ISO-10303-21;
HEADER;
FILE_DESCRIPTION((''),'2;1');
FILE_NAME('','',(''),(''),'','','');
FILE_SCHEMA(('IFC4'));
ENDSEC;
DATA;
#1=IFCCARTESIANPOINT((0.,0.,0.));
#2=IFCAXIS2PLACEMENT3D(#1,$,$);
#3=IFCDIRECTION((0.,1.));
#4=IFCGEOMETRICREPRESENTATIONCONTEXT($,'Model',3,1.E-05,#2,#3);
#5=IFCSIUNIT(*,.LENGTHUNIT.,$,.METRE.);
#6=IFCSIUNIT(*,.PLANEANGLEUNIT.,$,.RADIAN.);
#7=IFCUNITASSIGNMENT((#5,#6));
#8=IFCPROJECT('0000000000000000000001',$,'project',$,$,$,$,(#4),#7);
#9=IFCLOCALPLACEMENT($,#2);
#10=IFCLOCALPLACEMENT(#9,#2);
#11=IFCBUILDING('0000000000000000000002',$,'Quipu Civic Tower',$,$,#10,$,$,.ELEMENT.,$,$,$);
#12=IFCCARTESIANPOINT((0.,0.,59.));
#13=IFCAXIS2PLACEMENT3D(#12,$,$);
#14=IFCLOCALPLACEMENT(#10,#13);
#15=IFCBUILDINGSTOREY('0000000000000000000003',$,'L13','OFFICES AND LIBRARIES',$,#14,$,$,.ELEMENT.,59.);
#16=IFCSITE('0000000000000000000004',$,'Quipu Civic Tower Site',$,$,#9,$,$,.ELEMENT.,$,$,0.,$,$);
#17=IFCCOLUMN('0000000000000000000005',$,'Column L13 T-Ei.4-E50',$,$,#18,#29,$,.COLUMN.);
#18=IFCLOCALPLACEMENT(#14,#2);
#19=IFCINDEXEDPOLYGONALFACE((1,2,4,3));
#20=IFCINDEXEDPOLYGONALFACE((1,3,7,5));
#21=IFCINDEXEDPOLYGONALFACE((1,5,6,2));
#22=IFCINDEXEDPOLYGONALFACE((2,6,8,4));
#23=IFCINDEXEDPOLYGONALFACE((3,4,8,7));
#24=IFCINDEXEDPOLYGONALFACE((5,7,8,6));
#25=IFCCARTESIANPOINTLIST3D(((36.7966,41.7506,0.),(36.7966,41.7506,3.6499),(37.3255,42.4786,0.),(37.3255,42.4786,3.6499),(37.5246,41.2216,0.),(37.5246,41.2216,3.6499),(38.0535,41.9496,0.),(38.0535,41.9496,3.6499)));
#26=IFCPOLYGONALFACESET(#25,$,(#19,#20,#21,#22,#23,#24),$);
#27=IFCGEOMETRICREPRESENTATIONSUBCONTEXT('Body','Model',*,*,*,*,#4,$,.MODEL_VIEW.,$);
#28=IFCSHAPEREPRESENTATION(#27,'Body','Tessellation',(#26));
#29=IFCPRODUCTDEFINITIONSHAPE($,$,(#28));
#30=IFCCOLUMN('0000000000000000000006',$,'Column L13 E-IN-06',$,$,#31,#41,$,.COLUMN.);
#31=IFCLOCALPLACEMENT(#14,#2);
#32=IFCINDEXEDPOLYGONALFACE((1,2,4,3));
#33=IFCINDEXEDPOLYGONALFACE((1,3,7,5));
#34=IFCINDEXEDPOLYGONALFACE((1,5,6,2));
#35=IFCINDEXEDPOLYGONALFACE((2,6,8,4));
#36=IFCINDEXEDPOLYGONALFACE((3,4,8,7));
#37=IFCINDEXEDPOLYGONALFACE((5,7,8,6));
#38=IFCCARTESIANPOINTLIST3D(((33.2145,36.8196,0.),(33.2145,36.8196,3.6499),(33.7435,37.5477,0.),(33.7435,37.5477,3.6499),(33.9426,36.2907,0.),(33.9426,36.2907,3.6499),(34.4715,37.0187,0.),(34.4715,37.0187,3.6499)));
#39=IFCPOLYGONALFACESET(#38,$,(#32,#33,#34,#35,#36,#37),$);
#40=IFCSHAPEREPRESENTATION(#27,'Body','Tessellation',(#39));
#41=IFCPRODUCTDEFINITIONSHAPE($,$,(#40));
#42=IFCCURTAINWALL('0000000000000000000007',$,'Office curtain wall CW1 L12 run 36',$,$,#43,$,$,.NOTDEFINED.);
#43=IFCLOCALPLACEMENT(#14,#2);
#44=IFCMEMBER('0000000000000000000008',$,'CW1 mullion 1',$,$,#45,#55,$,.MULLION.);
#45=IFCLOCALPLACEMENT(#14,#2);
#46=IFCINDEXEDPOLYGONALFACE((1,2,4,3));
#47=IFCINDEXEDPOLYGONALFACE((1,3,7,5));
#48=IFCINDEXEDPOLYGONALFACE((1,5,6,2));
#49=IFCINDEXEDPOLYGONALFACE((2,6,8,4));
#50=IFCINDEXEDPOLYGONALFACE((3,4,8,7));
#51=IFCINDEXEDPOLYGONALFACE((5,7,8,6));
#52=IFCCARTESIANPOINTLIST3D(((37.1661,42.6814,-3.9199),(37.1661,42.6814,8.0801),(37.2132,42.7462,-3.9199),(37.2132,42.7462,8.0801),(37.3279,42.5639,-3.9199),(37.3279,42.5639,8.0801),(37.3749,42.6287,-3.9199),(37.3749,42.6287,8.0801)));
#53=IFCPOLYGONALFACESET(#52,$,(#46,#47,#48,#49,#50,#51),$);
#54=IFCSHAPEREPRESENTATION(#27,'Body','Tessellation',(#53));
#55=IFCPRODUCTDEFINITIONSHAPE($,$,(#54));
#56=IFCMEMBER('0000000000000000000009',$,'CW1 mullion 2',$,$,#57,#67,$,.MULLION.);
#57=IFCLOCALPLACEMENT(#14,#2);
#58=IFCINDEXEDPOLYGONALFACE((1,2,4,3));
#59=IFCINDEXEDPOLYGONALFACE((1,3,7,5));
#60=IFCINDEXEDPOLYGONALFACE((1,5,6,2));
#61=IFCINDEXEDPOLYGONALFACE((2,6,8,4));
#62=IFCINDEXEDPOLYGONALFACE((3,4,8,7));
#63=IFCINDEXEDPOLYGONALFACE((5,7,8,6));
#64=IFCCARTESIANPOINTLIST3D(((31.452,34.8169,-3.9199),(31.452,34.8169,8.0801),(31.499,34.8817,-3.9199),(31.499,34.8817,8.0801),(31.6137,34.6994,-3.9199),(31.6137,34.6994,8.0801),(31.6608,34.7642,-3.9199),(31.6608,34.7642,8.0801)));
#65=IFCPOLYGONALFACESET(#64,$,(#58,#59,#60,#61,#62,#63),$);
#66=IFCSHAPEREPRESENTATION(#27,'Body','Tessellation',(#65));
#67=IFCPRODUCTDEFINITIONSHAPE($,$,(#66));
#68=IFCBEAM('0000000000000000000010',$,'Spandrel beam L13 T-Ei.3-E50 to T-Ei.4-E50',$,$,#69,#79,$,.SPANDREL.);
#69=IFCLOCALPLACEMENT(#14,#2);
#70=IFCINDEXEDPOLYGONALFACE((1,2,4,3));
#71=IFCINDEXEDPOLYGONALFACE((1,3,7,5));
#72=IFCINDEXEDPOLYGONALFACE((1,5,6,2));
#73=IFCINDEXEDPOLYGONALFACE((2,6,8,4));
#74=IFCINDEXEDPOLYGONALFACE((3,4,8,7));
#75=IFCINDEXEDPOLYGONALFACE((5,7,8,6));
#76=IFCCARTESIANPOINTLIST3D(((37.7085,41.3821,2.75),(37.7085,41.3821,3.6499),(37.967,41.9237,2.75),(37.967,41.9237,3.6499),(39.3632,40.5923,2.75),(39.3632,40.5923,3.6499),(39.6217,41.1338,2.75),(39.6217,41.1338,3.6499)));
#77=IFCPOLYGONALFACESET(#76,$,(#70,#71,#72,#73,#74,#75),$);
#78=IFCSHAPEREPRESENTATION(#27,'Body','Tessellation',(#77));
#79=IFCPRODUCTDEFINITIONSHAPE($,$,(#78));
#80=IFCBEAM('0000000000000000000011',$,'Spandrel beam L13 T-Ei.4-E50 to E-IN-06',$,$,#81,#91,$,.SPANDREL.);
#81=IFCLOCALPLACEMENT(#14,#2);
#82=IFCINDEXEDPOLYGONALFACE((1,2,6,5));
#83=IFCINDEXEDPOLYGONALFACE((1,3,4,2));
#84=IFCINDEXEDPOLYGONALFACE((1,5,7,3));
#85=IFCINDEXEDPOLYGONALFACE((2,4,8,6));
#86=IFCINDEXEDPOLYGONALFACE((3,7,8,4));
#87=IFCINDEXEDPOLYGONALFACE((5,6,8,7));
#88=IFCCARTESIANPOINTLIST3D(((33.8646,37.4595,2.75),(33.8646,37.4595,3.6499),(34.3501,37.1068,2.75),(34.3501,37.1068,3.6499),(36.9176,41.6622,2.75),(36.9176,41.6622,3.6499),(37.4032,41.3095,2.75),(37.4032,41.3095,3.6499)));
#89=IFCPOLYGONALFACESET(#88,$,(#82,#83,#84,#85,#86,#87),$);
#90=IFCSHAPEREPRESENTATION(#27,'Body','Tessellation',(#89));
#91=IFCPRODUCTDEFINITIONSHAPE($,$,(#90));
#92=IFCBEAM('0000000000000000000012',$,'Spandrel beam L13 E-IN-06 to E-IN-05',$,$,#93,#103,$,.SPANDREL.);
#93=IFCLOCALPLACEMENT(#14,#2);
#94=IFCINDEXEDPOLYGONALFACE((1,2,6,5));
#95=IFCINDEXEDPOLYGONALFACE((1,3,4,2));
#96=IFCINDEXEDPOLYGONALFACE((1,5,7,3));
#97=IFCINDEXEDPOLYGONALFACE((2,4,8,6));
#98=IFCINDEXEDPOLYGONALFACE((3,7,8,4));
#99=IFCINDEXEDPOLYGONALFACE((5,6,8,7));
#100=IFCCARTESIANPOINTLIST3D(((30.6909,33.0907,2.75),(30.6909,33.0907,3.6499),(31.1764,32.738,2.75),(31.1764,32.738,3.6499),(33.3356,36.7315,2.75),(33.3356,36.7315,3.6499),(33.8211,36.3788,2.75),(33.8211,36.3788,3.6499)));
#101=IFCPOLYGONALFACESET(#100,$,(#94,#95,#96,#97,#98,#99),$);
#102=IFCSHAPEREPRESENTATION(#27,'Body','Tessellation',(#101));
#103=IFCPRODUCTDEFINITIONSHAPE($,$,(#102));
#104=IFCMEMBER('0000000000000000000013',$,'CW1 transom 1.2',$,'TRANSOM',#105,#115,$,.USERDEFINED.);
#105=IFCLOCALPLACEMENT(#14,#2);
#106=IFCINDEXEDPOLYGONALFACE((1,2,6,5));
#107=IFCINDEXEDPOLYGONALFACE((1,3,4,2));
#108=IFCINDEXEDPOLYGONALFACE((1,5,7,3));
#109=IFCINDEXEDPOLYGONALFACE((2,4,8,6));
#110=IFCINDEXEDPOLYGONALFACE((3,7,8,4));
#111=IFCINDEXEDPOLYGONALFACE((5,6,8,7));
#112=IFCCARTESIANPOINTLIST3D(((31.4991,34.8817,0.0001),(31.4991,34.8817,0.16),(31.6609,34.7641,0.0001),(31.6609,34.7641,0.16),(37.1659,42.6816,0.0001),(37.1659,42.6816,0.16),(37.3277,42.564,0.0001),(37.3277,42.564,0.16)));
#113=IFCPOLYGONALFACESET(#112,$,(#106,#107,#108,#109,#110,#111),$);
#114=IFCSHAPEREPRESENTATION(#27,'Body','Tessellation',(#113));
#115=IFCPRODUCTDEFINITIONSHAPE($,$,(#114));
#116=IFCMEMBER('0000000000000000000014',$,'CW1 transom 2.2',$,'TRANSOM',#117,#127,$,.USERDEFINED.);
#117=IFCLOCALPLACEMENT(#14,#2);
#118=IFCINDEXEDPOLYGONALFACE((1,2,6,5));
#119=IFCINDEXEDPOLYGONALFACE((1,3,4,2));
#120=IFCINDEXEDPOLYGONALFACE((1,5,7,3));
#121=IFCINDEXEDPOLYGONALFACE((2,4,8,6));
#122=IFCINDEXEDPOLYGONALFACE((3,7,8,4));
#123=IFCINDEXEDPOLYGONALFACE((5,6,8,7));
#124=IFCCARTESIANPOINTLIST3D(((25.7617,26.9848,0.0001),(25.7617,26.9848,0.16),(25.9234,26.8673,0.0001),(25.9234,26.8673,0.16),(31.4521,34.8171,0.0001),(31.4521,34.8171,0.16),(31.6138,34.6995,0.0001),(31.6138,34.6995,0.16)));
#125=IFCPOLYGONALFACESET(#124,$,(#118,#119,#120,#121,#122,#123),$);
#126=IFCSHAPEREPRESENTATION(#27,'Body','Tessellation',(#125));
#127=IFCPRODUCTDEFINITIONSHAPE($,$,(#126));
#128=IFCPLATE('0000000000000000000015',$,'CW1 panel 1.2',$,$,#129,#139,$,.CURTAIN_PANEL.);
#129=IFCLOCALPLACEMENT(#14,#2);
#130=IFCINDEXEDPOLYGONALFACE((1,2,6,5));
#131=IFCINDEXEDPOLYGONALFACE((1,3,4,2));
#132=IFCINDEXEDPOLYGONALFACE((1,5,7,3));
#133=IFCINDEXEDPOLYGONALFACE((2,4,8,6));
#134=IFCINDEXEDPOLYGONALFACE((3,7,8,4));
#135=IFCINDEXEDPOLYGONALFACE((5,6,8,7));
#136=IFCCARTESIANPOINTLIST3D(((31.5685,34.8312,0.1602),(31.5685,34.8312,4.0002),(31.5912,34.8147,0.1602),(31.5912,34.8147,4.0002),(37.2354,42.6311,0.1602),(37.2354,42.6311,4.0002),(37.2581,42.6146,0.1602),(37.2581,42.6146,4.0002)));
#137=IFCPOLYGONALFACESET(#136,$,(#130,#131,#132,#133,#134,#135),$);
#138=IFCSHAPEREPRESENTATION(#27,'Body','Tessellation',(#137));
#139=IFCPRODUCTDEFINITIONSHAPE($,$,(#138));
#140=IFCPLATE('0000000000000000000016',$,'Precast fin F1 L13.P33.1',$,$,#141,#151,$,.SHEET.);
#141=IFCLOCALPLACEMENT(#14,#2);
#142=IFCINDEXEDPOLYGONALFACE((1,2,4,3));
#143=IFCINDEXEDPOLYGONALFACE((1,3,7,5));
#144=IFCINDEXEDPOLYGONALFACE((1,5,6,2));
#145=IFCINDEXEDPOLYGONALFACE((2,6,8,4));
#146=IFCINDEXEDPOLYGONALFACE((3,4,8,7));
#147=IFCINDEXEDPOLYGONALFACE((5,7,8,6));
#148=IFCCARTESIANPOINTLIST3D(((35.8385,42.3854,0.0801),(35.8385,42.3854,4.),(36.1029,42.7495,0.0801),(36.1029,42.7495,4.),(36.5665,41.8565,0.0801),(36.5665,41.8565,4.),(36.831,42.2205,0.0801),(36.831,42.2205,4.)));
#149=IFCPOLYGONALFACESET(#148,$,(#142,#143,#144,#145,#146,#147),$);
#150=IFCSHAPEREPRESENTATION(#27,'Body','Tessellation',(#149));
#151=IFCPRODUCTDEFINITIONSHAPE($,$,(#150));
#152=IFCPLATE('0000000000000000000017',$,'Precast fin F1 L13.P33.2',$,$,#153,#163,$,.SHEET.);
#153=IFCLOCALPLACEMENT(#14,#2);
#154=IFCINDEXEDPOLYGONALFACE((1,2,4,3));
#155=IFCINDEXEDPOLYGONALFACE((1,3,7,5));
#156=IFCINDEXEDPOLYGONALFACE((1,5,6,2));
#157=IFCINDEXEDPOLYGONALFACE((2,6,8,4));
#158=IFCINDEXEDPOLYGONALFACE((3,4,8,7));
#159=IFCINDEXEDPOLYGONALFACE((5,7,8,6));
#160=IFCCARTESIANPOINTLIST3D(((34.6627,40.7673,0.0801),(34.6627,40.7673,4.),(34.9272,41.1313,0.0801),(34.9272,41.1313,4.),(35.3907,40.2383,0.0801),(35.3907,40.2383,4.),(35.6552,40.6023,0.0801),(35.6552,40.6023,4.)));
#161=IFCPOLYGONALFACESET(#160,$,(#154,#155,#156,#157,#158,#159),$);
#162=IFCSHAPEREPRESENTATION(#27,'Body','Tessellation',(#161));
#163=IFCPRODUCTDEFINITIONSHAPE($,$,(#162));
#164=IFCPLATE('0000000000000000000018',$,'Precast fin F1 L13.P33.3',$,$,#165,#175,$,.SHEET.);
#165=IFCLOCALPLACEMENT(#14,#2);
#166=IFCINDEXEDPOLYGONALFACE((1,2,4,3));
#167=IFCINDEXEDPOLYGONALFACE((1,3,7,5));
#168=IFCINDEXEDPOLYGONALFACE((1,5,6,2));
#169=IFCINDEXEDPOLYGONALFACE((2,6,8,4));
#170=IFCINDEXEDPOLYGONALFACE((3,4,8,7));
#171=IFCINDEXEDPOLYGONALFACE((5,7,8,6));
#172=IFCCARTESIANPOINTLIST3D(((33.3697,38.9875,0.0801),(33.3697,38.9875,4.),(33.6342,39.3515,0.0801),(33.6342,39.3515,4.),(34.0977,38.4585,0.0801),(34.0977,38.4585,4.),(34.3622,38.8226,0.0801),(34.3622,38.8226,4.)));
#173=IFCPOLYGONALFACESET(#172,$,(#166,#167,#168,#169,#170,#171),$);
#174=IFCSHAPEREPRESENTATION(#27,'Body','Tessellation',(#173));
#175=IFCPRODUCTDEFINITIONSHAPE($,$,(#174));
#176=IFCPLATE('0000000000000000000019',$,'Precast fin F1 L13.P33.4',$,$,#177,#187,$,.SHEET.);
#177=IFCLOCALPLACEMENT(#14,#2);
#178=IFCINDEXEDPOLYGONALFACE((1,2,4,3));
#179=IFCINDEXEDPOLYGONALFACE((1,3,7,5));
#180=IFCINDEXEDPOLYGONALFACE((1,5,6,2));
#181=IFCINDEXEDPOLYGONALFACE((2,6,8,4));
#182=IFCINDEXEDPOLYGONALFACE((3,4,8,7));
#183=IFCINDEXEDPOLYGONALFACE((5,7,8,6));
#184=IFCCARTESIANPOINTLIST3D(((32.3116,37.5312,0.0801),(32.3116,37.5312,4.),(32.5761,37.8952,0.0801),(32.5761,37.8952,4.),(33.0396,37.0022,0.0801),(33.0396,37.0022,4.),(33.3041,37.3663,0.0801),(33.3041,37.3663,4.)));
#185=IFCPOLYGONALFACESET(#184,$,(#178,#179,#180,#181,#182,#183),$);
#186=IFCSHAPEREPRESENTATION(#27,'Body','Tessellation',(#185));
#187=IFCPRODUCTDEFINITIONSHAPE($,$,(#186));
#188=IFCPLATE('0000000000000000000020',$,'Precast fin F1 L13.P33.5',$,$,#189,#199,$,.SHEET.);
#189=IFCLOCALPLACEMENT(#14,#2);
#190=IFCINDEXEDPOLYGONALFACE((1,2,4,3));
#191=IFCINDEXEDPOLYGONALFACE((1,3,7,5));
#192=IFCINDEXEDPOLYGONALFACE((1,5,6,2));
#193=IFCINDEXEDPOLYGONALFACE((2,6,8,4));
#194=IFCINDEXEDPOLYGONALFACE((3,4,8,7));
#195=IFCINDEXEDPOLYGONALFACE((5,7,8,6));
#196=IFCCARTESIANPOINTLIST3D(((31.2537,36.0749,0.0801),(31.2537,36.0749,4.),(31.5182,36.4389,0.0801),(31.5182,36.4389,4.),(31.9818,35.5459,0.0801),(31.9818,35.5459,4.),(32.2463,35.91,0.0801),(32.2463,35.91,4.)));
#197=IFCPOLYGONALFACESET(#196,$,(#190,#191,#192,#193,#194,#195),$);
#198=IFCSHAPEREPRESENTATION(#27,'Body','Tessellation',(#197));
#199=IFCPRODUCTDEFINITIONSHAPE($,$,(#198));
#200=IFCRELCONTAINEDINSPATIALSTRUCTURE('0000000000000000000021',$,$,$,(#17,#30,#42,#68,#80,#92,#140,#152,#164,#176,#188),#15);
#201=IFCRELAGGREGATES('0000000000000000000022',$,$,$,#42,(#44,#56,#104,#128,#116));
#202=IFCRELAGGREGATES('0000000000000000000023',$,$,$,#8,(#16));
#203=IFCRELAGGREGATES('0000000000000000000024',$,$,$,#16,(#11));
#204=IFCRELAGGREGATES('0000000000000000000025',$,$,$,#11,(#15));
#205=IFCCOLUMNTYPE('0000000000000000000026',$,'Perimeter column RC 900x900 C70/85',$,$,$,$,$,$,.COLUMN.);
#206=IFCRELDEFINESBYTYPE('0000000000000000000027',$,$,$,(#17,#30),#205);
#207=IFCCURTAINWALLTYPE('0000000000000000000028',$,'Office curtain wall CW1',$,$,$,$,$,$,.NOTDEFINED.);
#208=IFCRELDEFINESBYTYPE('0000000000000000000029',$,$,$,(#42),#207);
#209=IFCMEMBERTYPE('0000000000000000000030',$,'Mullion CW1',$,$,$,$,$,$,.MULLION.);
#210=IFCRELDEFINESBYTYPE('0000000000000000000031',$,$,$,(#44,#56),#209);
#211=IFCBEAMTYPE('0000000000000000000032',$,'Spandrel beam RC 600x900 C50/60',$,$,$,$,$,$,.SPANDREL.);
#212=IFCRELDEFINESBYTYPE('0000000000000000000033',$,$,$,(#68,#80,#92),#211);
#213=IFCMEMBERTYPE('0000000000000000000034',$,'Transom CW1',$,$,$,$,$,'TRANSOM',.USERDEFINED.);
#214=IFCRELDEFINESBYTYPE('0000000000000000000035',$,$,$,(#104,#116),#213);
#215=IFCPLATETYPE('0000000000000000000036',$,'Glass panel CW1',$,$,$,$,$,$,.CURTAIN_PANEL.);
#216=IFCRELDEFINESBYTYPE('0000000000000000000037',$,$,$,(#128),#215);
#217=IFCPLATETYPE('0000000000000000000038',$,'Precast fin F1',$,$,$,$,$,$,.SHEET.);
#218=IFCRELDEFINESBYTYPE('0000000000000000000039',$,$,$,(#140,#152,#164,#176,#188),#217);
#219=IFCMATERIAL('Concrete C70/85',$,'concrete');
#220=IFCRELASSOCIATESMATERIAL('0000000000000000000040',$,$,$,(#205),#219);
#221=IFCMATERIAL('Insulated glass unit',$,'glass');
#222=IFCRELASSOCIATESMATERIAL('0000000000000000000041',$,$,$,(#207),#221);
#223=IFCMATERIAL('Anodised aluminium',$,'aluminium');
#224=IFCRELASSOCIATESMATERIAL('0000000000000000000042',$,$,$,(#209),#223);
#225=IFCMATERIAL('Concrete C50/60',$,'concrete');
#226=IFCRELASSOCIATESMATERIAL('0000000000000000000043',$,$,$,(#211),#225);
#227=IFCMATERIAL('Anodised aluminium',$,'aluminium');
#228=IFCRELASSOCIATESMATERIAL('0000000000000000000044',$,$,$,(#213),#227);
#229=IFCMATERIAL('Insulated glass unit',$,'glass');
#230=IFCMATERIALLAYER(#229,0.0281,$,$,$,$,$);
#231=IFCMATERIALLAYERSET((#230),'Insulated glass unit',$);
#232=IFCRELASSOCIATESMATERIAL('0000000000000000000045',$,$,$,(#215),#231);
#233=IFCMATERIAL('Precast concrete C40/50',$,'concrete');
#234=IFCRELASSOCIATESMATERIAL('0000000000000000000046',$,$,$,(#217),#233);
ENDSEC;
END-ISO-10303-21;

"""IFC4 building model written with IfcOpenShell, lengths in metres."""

from ifc_helpers import new_model, si_unit, direction, frame, origin, origin_2d, place, context, subcontext, project, spatial, rectangle, extrude, material, layer, layer_set, material_profile, profile_set, type_object, element, aggregate, save


model = new_model("IFC4")

# Units and contexts
model_context = context("Model", 3, precision=1e-05, world=origin(), true_north=direction((0.0, 1.0)))
body_context = subcontext(model_context, "Body", "Model", "MODEL_VIEW")
ifc_project = project(units=[si_unit("LENGTHUNIT", "METRE"), si_unit("PLANEANGLEUNIT", "RADIAN")], contexts=[model_context])

# Site, building, storey
site_placement = place(None, origin())
site = spatial("IfcSite", under=ifc_project, at=site_placement, Name="Quipu Civic Tower Site", CompositionType="ELEMENT", RefElevation=0.0)
building_placement = place(site_placement, origin())
building = spatial("IfcBuilding", under=site, at=building_placement, Name="Quipu Civic Tower", CompositionType="ELEMENT")
storey_placement = place(building_placement, frame((0.0, 0.0, 59.0)))
storey = spatial("IfcBuildingStorey", under=building, at=storey_placement, Name="L13", Description="OFFICES AND LIBRARIES", CompositionType="ELEMENT", Elevation=59.0)

# Columns
ifc_material_1 = material(Name="Concrete C70/85", Category="concrete")
ifc_material_profile_1 = material_profile(ifc_material_1, rectangle(XDim=0.8999, YDim=0.8999, at=origin_2d()), Name="RC900x900")
ifc_profile_set_1 = profile_set([ifc_material_profile_1], Name="Concrete C70/85")
column_type = type_object("IfcColumnType", Name="Perimeter column RC 900x900 C70/85", PredefinedType="COLUMN", material=ifc_profile_set_1)
for number, where, z_axis, x_axis, name in (
    (1, (37.425, 41.8501, 0.0), (0.0, 0.0, 1.0), (-0.587785, -0.809017, 0.0), "Column L13 T-Ei.4-E50"),
    (2, (33.843, 36.9192, 0.0), (0.0, 0.0, 1.0), (-0.587785, -0.809017, 0.0), "Column L13 E-IN-06"),
):
    element("IfcColumn", number, at=place(storey_placement, frame(where, z_axis=z_axis, x_axis=x_axis)), inside=storey, type_object=column_type, Name=name, PredefinedType="COLUMN", context=body_context, shape_type="SweptSolid", body=[
        extrude(rectangle(XDim=0.8999, YDim=0.8999, at=origin_2d()), origin(), (0.0, 0.0, 1.0), 3.6499),
    ])

# Curtain wall, members
ifc_material_2 = material(Name="Insulated glass unit", Category="glass")
curtain_wall_type = type_object("IfcCurtainWallType", Name="Office curtain wall CW1", PredefinedType="NOTDEFINED", material=ifc_material_2)
curtain_wall_placement = place(storey_placement, origin())
curtain_wall = element("IfcCurtainWall", 3, at=curtain_wall_placement, inside=storey, type_object=curtain_wall_type, Name="Office curtain wall CW1 L12 run 36", PredefinedType="NOTDEFINED")
ifc_material_3 = material(Name="Anodised aluminium", Category="aluminium")
ifc_material_profile_2 = material_profile(ifc_material_3, rectangle(XDim=0.2, YDim=0.0801, at=origin_2d()), Name="RECT 200x80")
ifc_profile_set_2 = profile_set([ifc_material_profile_2], Name="Anodised aluminium")
member_type_1 = type_object("IfcMemberType", Name="Mullion CW1", PredefinedType="MULLION", material=ifc_profile_set_2)
member_1_placement = place(storey_placement, frame((37.2705, 42.655, -3.9199), z_axis=(0.0, 0.0, 1.0), x_axis=(0.809017, -0.587786, 0.0)))
member_1 = element("IfcMember", 4, at=member_1_placement, type_object=member_type_1, Name="CW1 mullion 1", PredefinedType="MULLION", context=body_context, shape_type="SweptSolid", body=[
    extrude(rectangle(XDim=0.2, YDim=0.0801, at=origin_2d()), origin(), (0.0, 0.0, 1.0), 12.0),
])
member_2_placement = place(storey_placement, frame((31.5564, 34.7905, -3.9199), z_axis=(0.0, 0.0, 1.0), x_axis=(0.809017, -0.587786, 0.0)))
member_2 = element("IfcMember", 5, at=member_2_placement, type_object=member_type_1, Name="CW1 mullion 2", PredefinedType="MULLION", context=body_context, shape_type="SweptSolid", body=[
    extrude(rectangle(XDim=0.2, YDim=0.0801, at=origin_2d()), origin(), (0.0, 0.0, 1.0), 12.0),
])

# Beams
ifc_material_4 = material(Name="Concrete C50/60", Category="concrete")
ifc_material_profile_3 = material_profile(ifc_material_4, rectangle(XDim=0.6001, YDim=0.8999, at=origin_2d()), Name="RC600x900")
ifc_profile_set_3 = profile_set([ifc_material_profile_3], Name="Concrete C50/60")
beam_type = type_object("IfcBeamType", Name="Spandrel beam RC 600x900 C50/60", PredefinedType="SPANDREL", material=ifc_profile_set_3)
beam_1_placement = place(storey_placement, frame((39.4924, 40.863, 3.2), z_axis=(-0.902454, 0.430786, 0.0), x_axis=(-0.430786, -0.902454, 0.0)))
element("IfcBeam", 6, at=beam_1_placement, inside=storey, type_object=beam_type, Name="Spandrel beam L13 T-Ei.3-E50 to T-Ei.4-E50", PredefinedType="SPANDREL", context=body_context, shape_type="SweptSolid", body=[
    extrude(rectangle(XDim=0.6001, YDim=0.8999, at=origin_2d()), origin(), (0.0, 0.0, 1.0), 1.8335),
])
beam_2_placement = place(storey_placement, frame((37.1604, 41.4858, 3.2), z_axis=(-0.587733, -0.809055, 0.0), x_axis=(0.809055, -0.587733, 0.0)))
element("IfcBeam", 7, at=beam_2_placement, inside=storey, type_object=beam_type, Name="Spandrel beam L13 T-Ei.4-E50 to E-IN-06", PredefinedType="SPANDREL", context=body_context, shape_type="SweptSolid", body=[
    extrude(rectangle(XDim=0.6001, YDim=0.8999, at=origin_2d()), origin(), (0.0, 0.0, 1.0), 5.1946),
])
beam_3_placement = place(storey_placement, frame((33.5784, 36.5552, 3.2), z_axis=(-0.587717, -0.809067, 0.0), x_axis=(0.809067, -0.587717, 0.0)))
element("IfcBeam", 8, at=beam_3_placement, inside=storey, type_object=beam_type, Name="Spandrel beam L13 E-IN-06 to E-IN-05", PredefinedType="SPANDREL", context=body_context, shape_type="SweptSolid", body=[
    extrude(rectangle(XDim=0.6001, YDim=0.8999, at=origin_2d()), origin(), (0.0, 0.0, 1.0), 4.5),
])

# Members
ifc_material_5 = material(Name="Anodised aluminium", Category="aluminium")
ifc_material_profile_4 = material_profile(ifc_material_5, rectangle(XDim=0.2, YDim=0.1599, at=origin_2d()), Name="RECT 200x160")
ifc_profile_set_4 = profile_set([ifc_material_profile_4], Name="Anodised aluminium")
member_type_2 = type_object("IfcMemberType", Name="Transom CW1", ElementType="TRANSOM", PredefinedType="USERDEFINED", material=ifc_profile_set_4)
member_3_placement = place(storey_placement, frame((37.2468, 42.6228, 0.0801), z_axis=(-0.587776, -0.809024, 0.0), x_axis=(0.809024, -0.587776, 0.0)))
member_3 = element("IfcMember", 9, at=member_3_placement, type_object=member_type_2, Name="CW1 transom 1.2", ObjectType="TRANSOM", PredefinedType="USERDEFINED", context=body_context, shape_type="SweptSolid", body=[
    extrude(rectangle(XDim=0.2, YDim=0.1599, at=origin_2d()), origin(), (0.0, 0.0, 1.0), 9.6411),
])
member_4_placement = place(storey_placement, frame((31.533, 34.7583, 0.0801), z_axis=(-0.587782, -0.80902, 0.0), x_axis=(0.80902, -0.587782, 0.0)))
member_4 = element("IfcMember", 10, at=member_4_placement, type_object=member_type_2, Name="CW1 transom 2.2", ObjectType="TRANSOM", PredefinedType="USERDEFINED", context=body_context, shape_type="SweptSolid", body=[
    extrude(rectangle(XDim=0.2, YDim=0.1599, at=origin_2d()), origin(), (0.0, 0.0, 1.0), 9.6812),
])

# Plate
ifc_material_6 = material(Name="Insulated glass unit", Category="glass")
ifc_layer = layer(ifc_material_6, 0.0281)
ifc_layer_set = layer_set([ifc_layer], Name="Insulated glass unit")
plate_type_1 = type_object("IfcPlateType", Name="Glass panel CW1", PredefinedType="CURTAIN_PANEL", material=ifc_layer_set)
plate_placement = place(storey_placement, frame((34.4133, 38.7229, 0.1602), z_axis=(0.0, 0.0, 1.0), x_axis=(-0.587786, -0.809017, 0.0)))
plate = element("IfcPlate", 11, at=plate_placement, type_object=plate_type_1, Name="CW1 panel 1.2", PredefinedType="CURTAIN_PANEL", context=body_context, shape_type="SweptSolid", body=[
    extrude(rectangle(XDim=9.6411, YDim=0.0281, at=origin_2d()), origin(), (0.0, 0.0, 1.0), 3.8401),
])
aggregate(curtain_wall, [member_1, member_2, member_3, plate, member_4])

# Plates
ifc_material_7 = material(Name="Precast concrete C40/50", Category="concrete")
plate_type_2 = type_object("IfcPlateType", Name="Precast fin F1", PredefinedType="SHEET", material=ifc_material_7)
for number, where, z_axis, x_axis, name in (
    (12, (36.3347, 42.303, 0.0801), (0.0, 0.0, 1.0), (-0.587785, -0.809017, 0.0), "Precast fin F1 L13.P33.1"),
    (13, (35.1589, 40.6848, 0.0801), (0.0, 0.0, 1.0), (-0.587785, -0.809017, 0.0), "Precast fin F1 L13.P33.2"),
    (14, (33.866, 38.905, 0.0801), (0.0, 0.0, 1.0), (-0.587785, -0.809017, 0.0), "Precast fin F1 L13.P33.3"),
    (15, (32.8079, 37.4487, 0.0801), (0.0, 0.0, 1.0), (-0.587785, -0.809017, 0.0), "Precast fin F1 L13.P33.4"),
    (16, (31.75, 35.9924, 0.0801), (0.0, 0.0, 1.0), (-0.587785, -0.809017, 0.0), "Precast fin F1 L13.P33.5"),
):
    element("IfcPlate", number, at=place(storey_placement, frame(where, z_axis=z_axis, x_axis=x_axis)), inside=storey, type_object=plate_type_2, Name=name, PredefinedType="SHEET", context=body_context, shape_type="SweptSolid", body=[
        extrude(rectangle(XDim=0.45, YDim=0.8999, at=origin_2d()), origin(), (0.0, 0.0, 1.0), 3.9199),
    ])

save(model, "model.ifc")
